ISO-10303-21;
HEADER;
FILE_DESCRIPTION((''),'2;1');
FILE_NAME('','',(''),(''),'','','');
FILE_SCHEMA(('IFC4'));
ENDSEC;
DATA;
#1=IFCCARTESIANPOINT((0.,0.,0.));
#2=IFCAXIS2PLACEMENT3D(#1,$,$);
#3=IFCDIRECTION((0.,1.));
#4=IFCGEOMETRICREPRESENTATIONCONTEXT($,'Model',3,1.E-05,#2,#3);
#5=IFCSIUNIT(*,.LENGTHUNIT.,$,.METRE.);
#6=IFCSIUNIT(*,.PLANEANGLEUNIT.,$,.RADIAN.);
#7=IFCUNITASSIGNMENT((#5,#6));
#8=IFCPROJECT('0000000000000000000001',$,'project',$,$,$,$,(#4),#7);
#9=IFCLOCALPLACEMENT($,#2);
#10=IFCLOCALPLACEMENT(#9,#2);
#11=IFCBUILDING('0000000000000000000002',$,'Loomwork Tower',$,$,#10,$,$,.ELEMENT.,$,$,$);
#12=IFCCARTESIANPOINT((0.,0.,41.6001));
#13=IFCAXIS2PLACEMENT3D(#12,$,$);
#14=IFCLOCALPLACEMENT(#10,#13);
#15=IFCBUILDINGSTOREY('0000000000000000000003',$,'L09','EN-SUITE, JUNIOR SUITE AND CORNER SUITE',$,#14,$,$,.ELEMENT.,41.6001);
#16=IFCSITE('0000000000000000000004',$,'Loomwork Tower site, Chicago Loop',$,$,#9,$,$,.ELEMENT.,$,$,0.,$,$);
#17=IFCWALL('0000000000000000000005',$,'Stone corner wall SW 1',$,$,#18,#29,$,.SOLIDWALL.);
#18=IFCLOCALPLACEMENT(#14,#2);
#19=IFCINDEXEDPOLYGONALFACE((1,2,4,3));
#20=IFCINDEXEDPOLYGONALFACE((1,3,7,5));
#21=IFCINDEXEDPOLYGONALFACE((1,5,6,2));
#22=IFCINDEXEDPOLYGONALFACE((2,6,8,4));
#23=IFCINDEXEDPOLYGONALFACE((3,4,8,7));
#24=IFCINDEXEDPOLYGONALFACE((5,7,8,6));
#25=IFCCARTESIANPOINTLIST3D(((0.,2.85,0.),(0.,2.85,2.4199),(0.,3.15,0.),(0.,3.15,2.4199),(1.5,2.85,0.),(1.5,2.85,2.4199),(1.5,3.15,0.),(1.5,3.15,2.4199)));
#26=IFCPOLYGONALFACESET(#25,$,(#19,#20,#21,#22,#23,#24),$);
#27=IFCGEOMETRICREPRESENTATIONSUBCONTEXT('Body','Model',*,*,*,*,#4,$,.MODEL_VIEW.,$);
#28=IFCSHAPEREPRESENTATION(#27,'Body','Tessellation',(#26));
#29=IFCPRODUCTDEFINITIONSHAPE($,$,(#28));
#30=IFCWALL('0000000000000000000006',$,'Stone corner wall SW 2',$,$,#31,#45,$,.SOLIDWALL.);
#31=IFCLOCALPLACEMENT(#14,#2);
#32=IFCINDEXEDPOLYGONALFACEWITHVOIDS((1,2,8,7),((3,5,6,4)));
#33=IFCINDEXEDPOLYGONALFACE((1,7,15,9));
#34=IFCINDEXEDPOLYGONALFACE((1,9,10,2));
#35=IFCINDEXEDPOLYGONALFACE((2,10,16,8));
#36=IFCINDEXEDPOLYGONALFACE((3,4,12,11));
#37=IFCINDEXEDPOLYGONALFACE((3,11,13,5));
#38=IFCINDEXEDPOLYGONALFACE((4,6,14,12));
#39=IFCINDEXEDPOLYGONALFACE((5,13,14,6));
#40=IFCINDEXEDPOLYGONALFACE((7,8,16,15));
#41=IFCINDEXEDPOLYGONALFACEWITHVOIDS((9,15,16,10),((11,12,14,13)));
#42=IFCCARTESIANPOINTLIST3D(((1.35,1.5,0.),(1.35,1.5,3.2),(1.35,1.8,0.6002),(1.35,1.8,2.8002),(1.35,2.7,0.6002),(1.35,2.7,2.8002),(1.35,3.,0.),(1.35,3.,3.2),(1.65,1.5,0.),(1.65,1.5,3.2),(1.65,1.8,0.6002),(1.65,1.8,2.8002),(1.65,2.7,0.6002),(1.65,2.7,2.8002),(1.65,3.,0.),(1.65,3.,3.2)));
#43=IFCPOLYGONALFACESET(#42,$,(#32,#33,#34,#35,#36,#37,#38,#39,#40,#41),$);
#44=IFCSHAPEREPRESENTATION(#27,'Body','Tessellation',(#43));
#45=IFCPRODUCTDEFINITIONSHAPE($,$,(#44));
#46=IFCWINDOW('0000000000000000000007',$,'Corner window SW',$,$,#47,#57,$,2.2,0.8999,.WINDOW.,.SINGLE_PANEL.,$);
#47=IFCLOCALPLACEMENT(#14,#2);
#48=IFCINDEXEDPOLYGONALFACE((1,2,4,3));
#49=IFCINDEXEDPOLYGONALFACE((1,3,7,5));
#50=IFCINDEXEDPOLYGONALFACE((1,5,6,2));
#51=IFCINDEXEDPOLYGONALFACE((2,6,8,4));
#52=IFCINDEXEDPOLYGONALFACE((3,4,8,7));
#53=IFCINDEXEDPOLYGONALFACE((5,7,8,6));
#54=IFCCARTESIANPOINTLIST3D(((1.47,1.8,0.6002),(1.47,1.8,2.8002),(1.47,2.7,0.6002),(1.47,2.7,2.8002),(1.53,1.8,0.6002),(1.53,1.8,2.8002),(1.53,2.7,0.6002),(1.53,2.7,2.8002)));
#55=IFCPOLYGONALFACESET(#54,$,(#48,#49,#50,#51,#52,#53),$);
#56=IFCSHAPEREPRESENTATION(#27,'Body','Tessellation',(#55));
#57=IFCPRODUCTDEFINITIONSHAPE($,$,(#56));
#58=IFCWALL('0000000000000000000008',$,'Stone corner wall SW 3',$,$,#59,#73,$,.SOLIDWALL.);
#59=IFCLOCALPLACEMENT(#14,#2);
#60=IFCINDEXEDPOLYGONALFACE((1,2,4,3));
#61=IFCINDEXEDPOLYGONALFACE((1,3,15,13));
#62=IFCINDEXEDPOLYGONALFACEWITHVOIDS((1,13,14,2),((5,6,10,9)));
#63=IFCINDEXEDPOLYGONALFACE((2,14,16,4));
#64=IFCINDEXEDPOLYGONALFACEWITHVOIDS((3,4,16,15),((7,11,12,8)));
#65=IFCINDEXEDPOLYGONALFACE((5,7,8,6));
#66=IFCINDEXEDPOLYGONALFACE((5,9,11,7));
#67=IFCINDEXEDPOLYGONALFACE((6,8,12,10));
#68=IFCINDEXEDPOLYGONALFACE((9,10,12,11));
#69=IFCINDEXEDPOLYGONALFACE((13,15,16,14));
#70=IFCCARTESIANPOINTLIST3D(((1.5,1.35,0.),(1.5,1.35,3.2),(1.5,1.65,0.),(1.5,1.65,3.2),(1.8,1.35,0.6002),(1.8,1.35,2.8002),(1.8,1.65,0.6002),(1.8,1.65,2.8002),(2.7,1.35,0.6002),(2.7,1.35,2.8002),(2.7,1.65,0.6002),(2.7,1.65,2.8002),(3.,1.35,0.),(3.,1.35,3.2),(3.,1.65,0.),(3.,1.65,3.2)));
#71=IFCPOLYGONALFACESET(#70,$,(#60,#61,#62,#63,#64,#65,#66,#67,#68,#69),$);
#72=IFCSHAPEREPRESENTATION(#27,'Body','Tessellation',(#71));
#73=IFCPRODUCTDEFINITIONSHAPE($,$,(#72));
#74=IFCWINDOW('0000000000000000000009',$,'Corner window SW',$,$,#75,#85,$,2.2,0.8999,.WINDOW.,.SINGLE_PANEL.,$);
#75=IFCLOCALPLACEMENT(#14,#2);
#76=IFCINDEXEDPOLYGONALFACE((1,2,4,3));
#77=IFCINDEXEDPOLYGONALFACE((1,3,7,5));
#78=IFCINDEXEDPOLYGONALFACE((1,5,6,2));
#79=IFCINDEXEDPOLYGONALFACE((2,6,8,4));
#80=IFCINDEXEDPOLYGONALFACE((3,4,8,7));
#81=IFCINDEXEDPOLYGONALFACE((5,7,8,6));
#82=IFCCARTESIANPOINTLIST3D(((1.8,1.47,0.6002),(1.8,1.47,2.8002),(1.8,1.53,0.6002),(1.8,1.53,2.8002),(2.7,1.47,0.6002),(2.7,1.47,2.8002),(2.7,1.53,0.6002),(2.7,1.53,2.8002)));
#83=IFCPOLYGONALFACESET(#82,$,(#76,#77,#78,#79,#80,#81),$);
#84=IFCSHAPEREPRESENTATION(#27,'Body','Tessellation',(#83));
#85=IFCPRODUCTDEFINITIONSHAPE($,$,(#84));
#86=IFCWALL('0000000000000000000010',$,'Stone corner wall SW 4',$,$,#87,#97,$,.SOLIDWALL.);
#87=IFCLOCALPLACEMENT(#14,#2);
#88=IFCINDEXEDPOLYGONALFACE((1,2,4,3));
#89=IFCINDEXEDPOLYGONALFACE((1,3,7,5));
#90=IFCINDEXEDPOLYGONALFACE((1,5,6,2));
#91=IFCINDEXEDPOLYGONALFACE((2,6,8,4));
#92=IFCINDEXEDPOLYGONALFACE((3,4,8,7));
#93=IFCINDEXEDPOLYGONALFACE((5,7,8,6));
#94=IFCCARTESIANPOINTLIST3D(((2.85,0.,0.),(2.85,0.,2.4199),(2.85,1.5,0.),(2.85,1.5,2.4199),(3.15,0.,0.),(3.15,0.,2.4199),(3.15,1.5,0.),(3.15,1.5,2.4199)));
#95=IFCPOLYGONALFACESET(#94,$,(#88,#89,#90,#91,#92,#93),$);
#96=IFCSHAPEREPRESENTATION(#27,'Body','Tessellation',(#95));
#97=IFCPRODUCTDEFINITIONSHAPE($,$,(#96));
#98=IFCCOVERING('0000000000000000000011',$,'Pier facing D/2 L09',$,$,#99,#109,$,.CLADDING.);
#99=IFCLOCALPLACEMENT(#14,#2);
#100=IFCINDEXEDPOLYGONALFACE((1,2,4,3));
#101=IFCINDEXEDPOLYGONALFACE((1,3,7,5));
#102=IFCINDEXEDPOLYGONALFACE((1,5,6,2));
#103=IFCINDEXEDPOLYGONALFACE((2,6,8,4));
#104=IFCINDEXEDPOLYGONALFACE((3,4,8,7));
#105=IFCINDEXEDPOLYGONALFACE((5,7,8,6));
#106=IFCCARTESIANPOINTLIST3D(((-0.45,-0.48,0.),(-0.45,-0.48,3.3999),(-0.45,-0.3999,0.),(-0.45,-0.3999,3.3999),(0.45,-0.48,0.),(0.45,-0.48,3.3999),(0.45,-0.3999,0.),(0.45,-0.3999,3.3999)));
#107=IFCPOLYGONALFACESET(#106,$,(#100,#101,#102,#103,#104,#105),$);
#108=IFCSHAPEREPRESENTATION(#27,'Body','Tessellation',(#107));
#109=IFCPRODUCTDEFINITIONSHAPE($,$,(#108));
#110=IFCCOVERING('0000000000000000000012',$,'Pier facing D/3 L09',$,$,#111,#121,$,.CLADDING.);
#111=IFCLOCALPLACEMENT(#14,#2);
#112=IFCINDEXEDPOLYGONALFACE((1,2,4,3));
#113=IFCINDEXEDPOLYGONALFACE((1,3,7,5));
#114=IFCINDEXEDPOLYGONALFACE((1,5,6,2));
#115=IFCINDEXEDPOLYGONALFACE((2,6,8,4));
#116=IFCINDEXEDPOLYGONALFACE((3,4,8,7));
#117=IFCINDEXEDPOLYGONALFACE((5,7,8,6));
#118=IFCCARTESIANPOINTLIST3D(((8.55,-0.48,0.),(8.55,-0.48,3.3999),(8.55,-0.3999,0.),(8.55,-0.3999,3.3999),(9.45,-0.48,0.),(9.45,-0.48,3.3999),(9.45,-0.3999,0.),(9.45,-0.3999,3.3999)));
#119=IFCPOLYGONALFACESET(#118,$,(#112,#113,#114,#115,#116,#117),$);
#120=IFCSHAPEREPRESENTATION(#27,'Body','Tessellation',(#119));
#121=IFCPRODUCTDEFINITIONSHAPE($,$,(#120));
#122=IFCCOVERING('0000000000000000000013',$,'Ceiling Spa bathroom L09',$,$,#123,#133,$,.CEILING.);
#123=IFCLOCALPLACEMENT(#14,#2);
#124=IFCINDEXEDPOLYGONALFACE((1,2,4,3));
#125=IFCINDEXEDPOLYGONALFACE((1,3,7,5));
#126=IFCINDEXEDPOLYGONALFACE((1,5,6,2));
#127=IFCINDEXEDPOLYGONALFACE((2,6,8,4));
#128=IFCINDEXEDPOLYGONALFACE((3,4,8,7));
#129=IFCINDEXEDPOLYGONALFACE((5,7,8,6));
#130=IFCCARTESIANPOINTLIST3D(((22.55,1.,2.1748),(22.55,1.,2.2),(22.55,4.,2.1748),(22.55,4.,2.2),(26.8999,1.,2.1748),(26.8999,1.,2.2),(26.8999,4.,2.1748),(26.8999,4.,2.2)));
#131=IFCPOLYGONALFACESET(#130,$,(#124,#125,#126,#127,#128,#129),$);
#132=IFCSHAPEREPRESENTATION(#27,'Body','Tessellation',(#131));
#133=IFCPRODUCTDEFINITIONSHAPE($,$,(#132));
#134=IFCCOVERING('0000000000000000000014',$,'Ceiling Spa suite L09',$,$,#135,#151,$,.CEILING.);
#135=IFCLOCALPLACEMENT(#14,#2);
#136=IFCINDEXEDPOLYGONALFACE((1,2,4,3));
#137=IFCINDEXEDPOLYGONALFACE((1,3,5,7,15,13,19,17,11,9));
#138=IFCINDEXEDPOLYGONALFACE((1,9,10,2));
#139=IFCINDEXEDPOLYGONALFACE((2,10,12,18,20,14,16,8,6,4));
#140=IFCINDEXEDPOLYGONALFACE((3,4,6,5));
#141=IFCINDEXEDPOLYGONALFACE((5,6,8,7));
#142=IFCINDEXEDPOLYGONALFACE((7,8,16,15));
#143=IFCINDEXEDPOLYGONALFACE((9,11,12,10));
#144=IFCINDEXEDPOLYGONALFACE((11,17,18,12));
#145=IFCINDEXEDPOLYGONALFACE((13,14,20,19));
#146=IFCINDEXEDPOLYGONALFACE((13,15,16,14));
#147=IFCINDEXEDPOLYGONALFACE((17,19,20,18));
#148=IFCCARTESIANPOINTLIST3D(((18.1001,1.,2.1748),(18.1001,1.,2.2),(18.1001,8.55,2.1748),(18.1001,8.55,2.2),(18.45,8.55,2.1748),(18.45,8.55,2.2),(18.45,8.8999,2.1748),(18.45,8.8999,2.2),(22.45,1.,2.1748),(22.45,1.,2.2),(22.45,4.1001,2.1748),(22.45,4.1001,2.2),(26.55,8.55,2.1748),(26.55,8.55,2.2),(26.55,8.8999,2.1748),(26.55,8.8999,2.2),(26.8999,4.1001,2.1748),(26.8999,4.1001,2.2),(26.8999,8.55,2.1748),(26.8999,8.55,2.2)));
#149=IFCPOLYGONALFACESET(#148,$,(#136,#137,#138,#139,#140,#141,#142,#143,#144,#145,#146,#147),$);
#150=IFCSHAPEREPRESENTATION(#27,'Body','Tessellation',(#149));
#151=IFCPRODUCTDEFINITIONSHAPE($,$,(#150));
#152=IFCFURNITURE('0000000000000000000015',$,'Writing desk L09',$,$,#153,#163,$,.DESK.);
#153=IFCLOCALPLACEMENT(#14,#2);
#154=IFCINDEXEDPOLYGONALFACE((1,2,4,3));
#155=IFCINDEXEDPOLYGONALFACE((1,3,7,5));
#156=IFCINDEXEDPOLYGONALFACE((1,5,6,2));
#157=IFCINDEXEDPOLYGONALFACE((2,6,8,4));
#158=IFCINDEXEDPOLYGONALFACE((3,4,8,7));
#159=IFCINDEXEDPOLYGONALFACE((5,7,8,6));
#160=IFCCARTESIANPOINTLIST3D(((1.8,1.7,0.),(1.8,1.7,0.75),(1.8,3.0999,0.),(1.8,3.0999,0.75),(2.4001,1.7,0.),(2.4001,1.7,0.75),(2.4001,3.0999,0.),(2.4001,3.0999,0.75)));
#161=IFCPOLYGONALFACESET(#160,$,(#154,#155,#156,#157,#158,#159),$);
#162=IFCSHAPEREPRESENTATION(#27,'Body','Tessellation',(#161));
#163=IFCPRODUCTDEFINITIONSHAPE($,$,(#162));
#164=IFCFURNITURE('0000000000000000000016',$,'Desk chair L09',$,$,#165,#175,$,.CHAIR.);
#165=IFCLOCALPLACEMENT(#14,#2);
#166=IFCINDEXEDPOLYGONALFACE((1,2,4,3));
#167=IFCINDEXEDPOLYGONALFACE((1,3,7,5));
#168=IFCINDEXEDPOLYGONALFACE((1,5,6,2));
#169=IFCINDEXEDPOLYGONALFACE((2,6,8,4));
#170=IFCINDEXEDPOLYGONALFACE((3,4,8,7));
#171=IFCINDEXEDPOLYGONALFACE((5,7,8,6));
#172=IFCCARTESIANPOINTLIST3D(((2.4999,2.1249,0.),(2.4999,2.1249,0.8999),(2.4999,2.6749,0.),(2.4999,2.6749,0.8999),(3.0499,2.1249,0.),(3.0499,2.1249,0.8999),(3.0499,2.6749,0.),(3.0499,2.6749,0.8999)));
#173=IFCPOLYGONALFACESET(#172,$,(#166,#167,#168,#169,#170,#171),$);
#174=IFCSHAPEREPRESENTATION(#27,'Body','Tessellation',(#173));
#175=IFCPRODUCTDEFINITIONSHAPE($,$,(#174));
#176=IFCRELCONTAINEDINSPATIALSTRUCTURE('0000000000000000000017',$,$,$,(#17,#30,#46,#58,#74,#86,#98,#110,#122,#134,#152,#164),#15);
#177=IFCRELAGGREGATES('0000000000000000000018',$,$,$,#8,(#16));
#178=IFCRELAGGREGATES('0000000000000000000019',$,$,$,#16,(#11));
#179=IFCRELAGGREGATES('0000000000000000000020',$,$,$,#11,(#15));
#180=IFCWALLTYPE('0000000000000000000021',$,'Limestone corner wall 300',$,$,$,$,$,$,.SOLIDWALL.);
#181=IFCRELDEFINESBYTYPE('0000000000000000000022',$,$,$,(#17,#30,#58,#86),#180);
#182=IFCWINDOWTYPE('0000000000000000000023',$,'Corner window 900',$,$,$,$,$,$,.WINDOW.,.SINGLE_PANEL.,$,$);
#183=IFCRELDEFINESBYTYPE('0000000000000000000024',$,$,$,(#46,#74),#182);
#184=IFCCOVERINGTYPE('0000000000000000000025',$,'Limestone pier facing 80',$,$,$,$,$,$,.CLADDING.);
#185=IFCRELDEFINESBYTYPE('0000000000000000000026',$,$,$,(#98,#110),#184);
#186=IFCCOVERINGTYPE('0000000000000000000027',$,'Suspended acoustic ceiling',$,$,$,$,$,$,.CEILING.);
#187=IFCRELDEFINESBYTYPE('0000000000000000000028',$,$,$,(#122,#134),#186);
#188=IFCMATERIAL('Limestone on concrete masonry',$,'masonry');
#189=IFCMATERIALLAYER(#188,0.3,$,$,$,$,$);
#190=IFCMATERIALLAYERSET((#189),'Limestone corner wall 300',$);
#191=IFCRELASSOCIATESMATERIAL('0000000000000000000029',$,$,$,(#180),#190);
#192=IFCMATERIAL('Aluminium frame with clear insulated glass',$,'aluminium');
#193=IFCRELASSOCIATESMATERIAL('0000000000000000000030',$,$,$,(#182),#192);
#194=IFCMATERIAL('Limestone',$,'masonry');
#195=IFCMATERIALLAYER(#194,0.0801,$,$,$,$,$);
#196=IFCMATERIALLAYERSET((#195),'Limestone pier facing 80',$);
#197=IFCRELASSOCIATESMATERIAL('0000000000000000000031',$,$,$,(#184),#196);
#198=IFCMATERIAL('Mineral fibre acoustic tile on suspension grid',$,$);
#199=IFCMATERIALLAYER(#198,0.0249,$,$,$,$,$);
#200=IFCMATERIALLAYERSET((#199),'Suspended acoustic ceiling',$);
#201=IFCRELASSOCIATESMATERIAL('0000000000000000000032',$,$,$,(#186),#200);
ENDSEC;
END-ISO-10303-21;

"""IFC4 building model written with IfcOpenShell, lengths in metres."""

from ifc_helpers import new_model, si_unit, direction, frame, frame_2d, origin, origin_2d, place, context, subcontext, project, spatial, polyline, rectangle, outline, extrude, material, layer, layer_set, type_object, element, fill, save


model = new_model("IFC4")

# Units and contexts
model_context = context("Model", 3, precision=1e-05, world=origin(), true_north=direction((0.0, 1.0)))
body_context = subcontext(model_context, "Body", "Model", "MODEL_VIEW")
ifc_project = project(units=[si_unit("LENGTHUNIT", "METRE"), si_unit("PLANEANGLEUNIT", "RADIAN")], contexts=[model_context])

# Site, building, storey
site_placement = place(None, origin())
site = spatial("IfcSite", under=ifc_project, at=site_placement, Name="Loomwork Tower site, Chicago Loop", CompositionType="ELEMENT", RefElevation=0.0)
building_placement = place(site_placement, origin())
building = spatial("IfcBuilding", under=site, at=building_placement, Name="Loomwork Tower", CompositionType="ELEMENT")
storey_placement = place(building_placement, frame((0.0, 0.0, 41.6001)))
storey = spatial("IfcBuildingStorey", under=building, at=storey_placement, Name="L09", Description="EN-SUITE, JUNIOR SUITE AND CORNER SUITE", CompositionType="ELEMENT", Elevation=41.6001)

# Wall
ifc_material_1 = material(Name="Limestone on concrete masonry", Category="masonry")
ifc_layer_1 = layer(ifc_material_1, 0.3)
ifc_layer_set_1 = layer_set([ifc_layer_1], Name="Limestone corner wall 300")
wall_type_1 = type_object("IfcWallType", Name="Limestone corner wall 300", PredefinedType="SOLIDWALL", material=ifc_layer_set_1)
wall_1_placement = place(storey_placement, frame((0.0, 3.0, 0.0), z_axis=(0.0, 0.0, 1.0), x_axis=(1.0, 0.0, 0.0)))
element("IfcWall", 1, at=wall_1_placement, inside=storey, type_object=wall_type_1, Name="Stone corner wall SW 1", PredefinedType="SOLIDWALL", context=body_context, shape_type="SweptSolid", body=[
    extrude(rectangle(XDim=1.5, YDim=0.3, at=frame_2d((0.75, 0.0))), origin(), (0.0, 0.0, 1.0), 2.4199),
])

# Walls, openings, windows
wall_2_placement = place(storey_placement, frame((1.5, 3.0, 0.0), z_axis=(0.0, 0.0, 1.0), x_axis=(0.0, -1.0, 0.0)))
wall_2 = element("IfcWall", 2, at=wall_2_placement, inside=storey, type_object=wall_type_1, Name="Stone corner wall SW 2", PredefinedType="SOLIDWALL", context=body_context, shape_type="SweptSolid", body=[
    extrude(rectangle(XDim=1.5, YDim=0.3, at=frame_2d((0.75, 0.0))), origin(), (0.0, 0.0, 1.0), 3.2),
])
opening_1_placement = place(wall_2_placement, frame((0.3, 0.0, 0.6001)))
opening_1 = element("IfcOpeningElement", 3, at=opening_1_placement, cuts=wall_2, PredefinedType="OPENING", context=body_context, shape_type="SweptSolid", body=[
    extrude(rectangle(XDim=0.8999, YDim=2.2, at=frame_2d((0.45, 1.1001))), frame((0.0, 0.1599, 0.0), z_axis=(0.0, -1.0, 0.0), x_axis=(1.0, 0.0, 0.0)), (0.0, 0.0, 1.0), 0.3201),
])
ifc_material_2 = material(Name="Aluminium frame with clear insulated glass", Category="aluminium")
window_type_1 = type_object("IfcWindowType", Name="Corner window 900", PartitioningType="SINGLE_PANEL", PredefinedType="WINDOW", material=ifc_material_2)
window_1_placement = place(opening_1_placement, origin())
window_1 = element("IfcWindow", 4, at=window_1_placement, inside=storey, type_object=window_type_1, Name="Corner window SW", OverallHeight=2.2, OverallWidth=0.8999, PartitioningType="SINGLE_PANEL", PredefinedType="WINDOW", context=body_context, shape_type="SweptSolid", body=[
    extrude(rectangle(XDim=0.8999, YDim=2.2, at=frame_2d((0.45, 1.1001))), frame((0.0, 0.03, 0.0), z_axis=(0.0, -1.0, 0.0), x_axis=(1.0, 0.0, 0.0)), (0.0, 0.0, 1.0), 0.0601),
])
fill(opening_1, window_1)
wall_3_placement = place(storey_placement, frame((1.5, 1.5, 0.0), z_axis=(0.0, 0.0, 1.0), x_axis=(1.0, 0.0, 0.0)))
wall_3 = element("IfcWall", 5, at=wall_3_placement, inside=storey, type_object=wall_type_1, Name="Stone corner wall SW 3", PredefinedType="SOLIDWALL", context=body_context, shape_type="SweptSolid", body=[
    extrude(rectangle(XDim=1.5, YDim=0.3, at=frame_2d((0.75, 0.0))), origin(), (0.0, 0.0, 1.0), 3.2),
])
opening_2_placement = place(wall_3_placement, frame((0.3, 0.0, 0.6001)))
opening_2 = element("IfcOpeningElement", 6, at=opening_2_placement, cuts=wall_3, PredefinedType="OPENING", context=body_context, shape_type="SweptSolid", body=[
    extrude(rectangle(XDim=0.8999, YDim=2.2, at=frame_2d((0.45, 1.1001))), frame((0.0, 0.1599, 0.0), z_axis=(0.0, -1.0, 0.0), x_axis=(1.0, 0.0, 0.0)), (0.0, 0.0, 1.0), 0.3201),
])
window_2_placement = place(opening_2_placement, origin())
window_2 = element("IfcWindow", 7, at=window_2_placement, inside=storey, type_object=window_type_1, Name="Corner window SW", OverallHeight=2.2, OverallWidth=0.8999, PartitioningType="SINGLE_PANEL", PredefinedType="WINDOW", context=body_context, shape_type="SweptSolid", body=[
    extrude(rectangle(XDim=0.8999, YDim=2.2, at=frame_2d((0.45, 1.1001))), frame((0.0, 0.03, 0.0), z_axis=(0.0, -1.0, 0.0), x_axis=(1.0, 0.0, 0.0)), (0.0, 0.0, 1.0), 0.0601),
])
fill(opening_2, window_2)

# Wall
wall_4_placement = place(storey_placement, frame((3.0, 1.5, 0.0), z_axis=(0.0, 0.0, 1.0), x_axis=(0.0, -1.0, 0.0)))
element("IfcWall", 8, at=wall_4_placement, inside=storey, type_object=wall_type_1, Name="Stone corner wall SW 4", PredefinedType="SOLIDWALL", context=body_context, shape_type="SweptSolid", body=[
    extrude(rectangle(XDim=1.5, YDim=0.3, at=frame_2d((0.75, 0.0))), origin(), (0.0, 0.0, 1.0), 2.4199),
])

# Coverings
ifc_material_3 = material(Name="Limestone", Category="masonry")
ifc_layer_2 = layer(ifc_material_3, 0.0801)
ifc_layer_set_2 = layer_set([ifc_layer_2], Name="Limestone pier facing 80")
covering_type_1 = type_object("IfcCoveringType", Name="Limestone pier facing 80", PredefinedType="CLADDING", material=ifc_layer_set_2)
for number, where, z_axis, x_axis, name in (
    (9, (0.0, -0.4399, 0.0), (0.0, 0.0, 1.0), (1.0, 0.0, 0.0), "Pier facing D/2 L09"),
    (10, (9.0, -0.4399, 0.0), (0.0, 0.0, 1.0), (1.0, 0.0, 0.0), "Pier facing D/3 L09"),
):
    element("IfcCovering", number, at=place(storey_placement, frame(where, z_axis=z_axis, x_axis=x_axis)), inside=storey, type_object=covering_type_1, Name=name, PredefinedType="CLADDING", context=body_context, shape_type="SweptSolid", body=[
        extrude(rectangle(XDim=0.8999, YDim=0.0801, at=origin_2d()), origin(), (0.0, 0.0, 1.0), 3.3999),
    ])
ifc_material_4 = material(Name="Mineral fibre acoustic tile on suspension grid")
ifc_layer_3 = layer(ifc_material_4, 0.0249)
ifc_layer_set_3 = layer_set([ifc_layer_3], Name="Suspended acoustic ceiling")
covering_type_2 = type_object("IfcCoveringType", Name="Suspended acoustic ceiling", PredefinedType="CEILING", material=ifc_layer_set_3)
covering_1_placement = place(storey_placement, frame((0.0, 0.0, 2.1748)))
element("IfcCovering", 11, at=covering_1_placement, inside=storey, type_object=covering_type_2, Name="Ceiling Spa bathroom L09", PredefinedType="CEILING", context=body_context, shape_type="SweptSolid", body=[
    extrude(outline(polyline([(26.8999, 4.0), (26.8999, 1.0), (22.55, 1.0), (22.55, 4.0), (26.8999, 4.0)])), origin(), (0.0, 0.0, 1.0), 0.0251),
])
covering_2_placement = place(storey_placement, frame((0.0, 0.0, 2.1748)))
element("IfcCovering", 12, at=covering_2_placement, inside=storey, type_object=covering_type_2, Name="Ceiling Spa suite L09", PredefinedType="CEILING", context=body_context, shape_type="SweptSolid", body=[
    extrude(outline(polyline([(26.55, 8.8999), (26.55, 8.55), (26.8999, 8.55), (26.8999, 4.1001), (22.45, 4.1001), (22.45, 1.0), (18.1001, 1.0), (18.1001, 8.55), (18.45, 8.55), (18.45, 8.8999), (26.55, 8.8999)])), origin(), (0.0, 0.0, 1.0), 0.0251),
])

# Furniture
furniture_1_placement = place(storey_placement, frame((2.1001, 2.3999, 0.0), z_axis=(0.0, 0.0, 1.0), x_axis=(1.0, 0.0, 0.0)))
element("IfcFurniture", 13, at=furniture_1_placement, inside=storey, Name="Writing desk L09", PredefinedType="DESK", context=body_context, shape_type="SweptSolid", body=[
    extrude(rectangle(XDim=0.6001, YDim=1.3999, at=origin_2d()), origin(), (0.0, 0.0, 1.0), 0.75),
])
furniture_2_placement = place(storey_placement, frame((2.7749, 2.3999, 0.0), z_axis=(0.0, 0.0, 1.0), x_axis=(1.0, 0.0, 0.0)))
element("IfcFurniture", 14, at=furniture_2_placement, inside=storey, Name="Desk chair L09", PredefinedType="CHAIR", context=body_context, shape_type="SweptSolid", body=[
    extrude(rectangle(XDim=0.55, YDim=0.55, at=origin_2d()), origin(), (0.0, 0.0, 1.0), 0.8999),
])

save(model, "model.ifc")
